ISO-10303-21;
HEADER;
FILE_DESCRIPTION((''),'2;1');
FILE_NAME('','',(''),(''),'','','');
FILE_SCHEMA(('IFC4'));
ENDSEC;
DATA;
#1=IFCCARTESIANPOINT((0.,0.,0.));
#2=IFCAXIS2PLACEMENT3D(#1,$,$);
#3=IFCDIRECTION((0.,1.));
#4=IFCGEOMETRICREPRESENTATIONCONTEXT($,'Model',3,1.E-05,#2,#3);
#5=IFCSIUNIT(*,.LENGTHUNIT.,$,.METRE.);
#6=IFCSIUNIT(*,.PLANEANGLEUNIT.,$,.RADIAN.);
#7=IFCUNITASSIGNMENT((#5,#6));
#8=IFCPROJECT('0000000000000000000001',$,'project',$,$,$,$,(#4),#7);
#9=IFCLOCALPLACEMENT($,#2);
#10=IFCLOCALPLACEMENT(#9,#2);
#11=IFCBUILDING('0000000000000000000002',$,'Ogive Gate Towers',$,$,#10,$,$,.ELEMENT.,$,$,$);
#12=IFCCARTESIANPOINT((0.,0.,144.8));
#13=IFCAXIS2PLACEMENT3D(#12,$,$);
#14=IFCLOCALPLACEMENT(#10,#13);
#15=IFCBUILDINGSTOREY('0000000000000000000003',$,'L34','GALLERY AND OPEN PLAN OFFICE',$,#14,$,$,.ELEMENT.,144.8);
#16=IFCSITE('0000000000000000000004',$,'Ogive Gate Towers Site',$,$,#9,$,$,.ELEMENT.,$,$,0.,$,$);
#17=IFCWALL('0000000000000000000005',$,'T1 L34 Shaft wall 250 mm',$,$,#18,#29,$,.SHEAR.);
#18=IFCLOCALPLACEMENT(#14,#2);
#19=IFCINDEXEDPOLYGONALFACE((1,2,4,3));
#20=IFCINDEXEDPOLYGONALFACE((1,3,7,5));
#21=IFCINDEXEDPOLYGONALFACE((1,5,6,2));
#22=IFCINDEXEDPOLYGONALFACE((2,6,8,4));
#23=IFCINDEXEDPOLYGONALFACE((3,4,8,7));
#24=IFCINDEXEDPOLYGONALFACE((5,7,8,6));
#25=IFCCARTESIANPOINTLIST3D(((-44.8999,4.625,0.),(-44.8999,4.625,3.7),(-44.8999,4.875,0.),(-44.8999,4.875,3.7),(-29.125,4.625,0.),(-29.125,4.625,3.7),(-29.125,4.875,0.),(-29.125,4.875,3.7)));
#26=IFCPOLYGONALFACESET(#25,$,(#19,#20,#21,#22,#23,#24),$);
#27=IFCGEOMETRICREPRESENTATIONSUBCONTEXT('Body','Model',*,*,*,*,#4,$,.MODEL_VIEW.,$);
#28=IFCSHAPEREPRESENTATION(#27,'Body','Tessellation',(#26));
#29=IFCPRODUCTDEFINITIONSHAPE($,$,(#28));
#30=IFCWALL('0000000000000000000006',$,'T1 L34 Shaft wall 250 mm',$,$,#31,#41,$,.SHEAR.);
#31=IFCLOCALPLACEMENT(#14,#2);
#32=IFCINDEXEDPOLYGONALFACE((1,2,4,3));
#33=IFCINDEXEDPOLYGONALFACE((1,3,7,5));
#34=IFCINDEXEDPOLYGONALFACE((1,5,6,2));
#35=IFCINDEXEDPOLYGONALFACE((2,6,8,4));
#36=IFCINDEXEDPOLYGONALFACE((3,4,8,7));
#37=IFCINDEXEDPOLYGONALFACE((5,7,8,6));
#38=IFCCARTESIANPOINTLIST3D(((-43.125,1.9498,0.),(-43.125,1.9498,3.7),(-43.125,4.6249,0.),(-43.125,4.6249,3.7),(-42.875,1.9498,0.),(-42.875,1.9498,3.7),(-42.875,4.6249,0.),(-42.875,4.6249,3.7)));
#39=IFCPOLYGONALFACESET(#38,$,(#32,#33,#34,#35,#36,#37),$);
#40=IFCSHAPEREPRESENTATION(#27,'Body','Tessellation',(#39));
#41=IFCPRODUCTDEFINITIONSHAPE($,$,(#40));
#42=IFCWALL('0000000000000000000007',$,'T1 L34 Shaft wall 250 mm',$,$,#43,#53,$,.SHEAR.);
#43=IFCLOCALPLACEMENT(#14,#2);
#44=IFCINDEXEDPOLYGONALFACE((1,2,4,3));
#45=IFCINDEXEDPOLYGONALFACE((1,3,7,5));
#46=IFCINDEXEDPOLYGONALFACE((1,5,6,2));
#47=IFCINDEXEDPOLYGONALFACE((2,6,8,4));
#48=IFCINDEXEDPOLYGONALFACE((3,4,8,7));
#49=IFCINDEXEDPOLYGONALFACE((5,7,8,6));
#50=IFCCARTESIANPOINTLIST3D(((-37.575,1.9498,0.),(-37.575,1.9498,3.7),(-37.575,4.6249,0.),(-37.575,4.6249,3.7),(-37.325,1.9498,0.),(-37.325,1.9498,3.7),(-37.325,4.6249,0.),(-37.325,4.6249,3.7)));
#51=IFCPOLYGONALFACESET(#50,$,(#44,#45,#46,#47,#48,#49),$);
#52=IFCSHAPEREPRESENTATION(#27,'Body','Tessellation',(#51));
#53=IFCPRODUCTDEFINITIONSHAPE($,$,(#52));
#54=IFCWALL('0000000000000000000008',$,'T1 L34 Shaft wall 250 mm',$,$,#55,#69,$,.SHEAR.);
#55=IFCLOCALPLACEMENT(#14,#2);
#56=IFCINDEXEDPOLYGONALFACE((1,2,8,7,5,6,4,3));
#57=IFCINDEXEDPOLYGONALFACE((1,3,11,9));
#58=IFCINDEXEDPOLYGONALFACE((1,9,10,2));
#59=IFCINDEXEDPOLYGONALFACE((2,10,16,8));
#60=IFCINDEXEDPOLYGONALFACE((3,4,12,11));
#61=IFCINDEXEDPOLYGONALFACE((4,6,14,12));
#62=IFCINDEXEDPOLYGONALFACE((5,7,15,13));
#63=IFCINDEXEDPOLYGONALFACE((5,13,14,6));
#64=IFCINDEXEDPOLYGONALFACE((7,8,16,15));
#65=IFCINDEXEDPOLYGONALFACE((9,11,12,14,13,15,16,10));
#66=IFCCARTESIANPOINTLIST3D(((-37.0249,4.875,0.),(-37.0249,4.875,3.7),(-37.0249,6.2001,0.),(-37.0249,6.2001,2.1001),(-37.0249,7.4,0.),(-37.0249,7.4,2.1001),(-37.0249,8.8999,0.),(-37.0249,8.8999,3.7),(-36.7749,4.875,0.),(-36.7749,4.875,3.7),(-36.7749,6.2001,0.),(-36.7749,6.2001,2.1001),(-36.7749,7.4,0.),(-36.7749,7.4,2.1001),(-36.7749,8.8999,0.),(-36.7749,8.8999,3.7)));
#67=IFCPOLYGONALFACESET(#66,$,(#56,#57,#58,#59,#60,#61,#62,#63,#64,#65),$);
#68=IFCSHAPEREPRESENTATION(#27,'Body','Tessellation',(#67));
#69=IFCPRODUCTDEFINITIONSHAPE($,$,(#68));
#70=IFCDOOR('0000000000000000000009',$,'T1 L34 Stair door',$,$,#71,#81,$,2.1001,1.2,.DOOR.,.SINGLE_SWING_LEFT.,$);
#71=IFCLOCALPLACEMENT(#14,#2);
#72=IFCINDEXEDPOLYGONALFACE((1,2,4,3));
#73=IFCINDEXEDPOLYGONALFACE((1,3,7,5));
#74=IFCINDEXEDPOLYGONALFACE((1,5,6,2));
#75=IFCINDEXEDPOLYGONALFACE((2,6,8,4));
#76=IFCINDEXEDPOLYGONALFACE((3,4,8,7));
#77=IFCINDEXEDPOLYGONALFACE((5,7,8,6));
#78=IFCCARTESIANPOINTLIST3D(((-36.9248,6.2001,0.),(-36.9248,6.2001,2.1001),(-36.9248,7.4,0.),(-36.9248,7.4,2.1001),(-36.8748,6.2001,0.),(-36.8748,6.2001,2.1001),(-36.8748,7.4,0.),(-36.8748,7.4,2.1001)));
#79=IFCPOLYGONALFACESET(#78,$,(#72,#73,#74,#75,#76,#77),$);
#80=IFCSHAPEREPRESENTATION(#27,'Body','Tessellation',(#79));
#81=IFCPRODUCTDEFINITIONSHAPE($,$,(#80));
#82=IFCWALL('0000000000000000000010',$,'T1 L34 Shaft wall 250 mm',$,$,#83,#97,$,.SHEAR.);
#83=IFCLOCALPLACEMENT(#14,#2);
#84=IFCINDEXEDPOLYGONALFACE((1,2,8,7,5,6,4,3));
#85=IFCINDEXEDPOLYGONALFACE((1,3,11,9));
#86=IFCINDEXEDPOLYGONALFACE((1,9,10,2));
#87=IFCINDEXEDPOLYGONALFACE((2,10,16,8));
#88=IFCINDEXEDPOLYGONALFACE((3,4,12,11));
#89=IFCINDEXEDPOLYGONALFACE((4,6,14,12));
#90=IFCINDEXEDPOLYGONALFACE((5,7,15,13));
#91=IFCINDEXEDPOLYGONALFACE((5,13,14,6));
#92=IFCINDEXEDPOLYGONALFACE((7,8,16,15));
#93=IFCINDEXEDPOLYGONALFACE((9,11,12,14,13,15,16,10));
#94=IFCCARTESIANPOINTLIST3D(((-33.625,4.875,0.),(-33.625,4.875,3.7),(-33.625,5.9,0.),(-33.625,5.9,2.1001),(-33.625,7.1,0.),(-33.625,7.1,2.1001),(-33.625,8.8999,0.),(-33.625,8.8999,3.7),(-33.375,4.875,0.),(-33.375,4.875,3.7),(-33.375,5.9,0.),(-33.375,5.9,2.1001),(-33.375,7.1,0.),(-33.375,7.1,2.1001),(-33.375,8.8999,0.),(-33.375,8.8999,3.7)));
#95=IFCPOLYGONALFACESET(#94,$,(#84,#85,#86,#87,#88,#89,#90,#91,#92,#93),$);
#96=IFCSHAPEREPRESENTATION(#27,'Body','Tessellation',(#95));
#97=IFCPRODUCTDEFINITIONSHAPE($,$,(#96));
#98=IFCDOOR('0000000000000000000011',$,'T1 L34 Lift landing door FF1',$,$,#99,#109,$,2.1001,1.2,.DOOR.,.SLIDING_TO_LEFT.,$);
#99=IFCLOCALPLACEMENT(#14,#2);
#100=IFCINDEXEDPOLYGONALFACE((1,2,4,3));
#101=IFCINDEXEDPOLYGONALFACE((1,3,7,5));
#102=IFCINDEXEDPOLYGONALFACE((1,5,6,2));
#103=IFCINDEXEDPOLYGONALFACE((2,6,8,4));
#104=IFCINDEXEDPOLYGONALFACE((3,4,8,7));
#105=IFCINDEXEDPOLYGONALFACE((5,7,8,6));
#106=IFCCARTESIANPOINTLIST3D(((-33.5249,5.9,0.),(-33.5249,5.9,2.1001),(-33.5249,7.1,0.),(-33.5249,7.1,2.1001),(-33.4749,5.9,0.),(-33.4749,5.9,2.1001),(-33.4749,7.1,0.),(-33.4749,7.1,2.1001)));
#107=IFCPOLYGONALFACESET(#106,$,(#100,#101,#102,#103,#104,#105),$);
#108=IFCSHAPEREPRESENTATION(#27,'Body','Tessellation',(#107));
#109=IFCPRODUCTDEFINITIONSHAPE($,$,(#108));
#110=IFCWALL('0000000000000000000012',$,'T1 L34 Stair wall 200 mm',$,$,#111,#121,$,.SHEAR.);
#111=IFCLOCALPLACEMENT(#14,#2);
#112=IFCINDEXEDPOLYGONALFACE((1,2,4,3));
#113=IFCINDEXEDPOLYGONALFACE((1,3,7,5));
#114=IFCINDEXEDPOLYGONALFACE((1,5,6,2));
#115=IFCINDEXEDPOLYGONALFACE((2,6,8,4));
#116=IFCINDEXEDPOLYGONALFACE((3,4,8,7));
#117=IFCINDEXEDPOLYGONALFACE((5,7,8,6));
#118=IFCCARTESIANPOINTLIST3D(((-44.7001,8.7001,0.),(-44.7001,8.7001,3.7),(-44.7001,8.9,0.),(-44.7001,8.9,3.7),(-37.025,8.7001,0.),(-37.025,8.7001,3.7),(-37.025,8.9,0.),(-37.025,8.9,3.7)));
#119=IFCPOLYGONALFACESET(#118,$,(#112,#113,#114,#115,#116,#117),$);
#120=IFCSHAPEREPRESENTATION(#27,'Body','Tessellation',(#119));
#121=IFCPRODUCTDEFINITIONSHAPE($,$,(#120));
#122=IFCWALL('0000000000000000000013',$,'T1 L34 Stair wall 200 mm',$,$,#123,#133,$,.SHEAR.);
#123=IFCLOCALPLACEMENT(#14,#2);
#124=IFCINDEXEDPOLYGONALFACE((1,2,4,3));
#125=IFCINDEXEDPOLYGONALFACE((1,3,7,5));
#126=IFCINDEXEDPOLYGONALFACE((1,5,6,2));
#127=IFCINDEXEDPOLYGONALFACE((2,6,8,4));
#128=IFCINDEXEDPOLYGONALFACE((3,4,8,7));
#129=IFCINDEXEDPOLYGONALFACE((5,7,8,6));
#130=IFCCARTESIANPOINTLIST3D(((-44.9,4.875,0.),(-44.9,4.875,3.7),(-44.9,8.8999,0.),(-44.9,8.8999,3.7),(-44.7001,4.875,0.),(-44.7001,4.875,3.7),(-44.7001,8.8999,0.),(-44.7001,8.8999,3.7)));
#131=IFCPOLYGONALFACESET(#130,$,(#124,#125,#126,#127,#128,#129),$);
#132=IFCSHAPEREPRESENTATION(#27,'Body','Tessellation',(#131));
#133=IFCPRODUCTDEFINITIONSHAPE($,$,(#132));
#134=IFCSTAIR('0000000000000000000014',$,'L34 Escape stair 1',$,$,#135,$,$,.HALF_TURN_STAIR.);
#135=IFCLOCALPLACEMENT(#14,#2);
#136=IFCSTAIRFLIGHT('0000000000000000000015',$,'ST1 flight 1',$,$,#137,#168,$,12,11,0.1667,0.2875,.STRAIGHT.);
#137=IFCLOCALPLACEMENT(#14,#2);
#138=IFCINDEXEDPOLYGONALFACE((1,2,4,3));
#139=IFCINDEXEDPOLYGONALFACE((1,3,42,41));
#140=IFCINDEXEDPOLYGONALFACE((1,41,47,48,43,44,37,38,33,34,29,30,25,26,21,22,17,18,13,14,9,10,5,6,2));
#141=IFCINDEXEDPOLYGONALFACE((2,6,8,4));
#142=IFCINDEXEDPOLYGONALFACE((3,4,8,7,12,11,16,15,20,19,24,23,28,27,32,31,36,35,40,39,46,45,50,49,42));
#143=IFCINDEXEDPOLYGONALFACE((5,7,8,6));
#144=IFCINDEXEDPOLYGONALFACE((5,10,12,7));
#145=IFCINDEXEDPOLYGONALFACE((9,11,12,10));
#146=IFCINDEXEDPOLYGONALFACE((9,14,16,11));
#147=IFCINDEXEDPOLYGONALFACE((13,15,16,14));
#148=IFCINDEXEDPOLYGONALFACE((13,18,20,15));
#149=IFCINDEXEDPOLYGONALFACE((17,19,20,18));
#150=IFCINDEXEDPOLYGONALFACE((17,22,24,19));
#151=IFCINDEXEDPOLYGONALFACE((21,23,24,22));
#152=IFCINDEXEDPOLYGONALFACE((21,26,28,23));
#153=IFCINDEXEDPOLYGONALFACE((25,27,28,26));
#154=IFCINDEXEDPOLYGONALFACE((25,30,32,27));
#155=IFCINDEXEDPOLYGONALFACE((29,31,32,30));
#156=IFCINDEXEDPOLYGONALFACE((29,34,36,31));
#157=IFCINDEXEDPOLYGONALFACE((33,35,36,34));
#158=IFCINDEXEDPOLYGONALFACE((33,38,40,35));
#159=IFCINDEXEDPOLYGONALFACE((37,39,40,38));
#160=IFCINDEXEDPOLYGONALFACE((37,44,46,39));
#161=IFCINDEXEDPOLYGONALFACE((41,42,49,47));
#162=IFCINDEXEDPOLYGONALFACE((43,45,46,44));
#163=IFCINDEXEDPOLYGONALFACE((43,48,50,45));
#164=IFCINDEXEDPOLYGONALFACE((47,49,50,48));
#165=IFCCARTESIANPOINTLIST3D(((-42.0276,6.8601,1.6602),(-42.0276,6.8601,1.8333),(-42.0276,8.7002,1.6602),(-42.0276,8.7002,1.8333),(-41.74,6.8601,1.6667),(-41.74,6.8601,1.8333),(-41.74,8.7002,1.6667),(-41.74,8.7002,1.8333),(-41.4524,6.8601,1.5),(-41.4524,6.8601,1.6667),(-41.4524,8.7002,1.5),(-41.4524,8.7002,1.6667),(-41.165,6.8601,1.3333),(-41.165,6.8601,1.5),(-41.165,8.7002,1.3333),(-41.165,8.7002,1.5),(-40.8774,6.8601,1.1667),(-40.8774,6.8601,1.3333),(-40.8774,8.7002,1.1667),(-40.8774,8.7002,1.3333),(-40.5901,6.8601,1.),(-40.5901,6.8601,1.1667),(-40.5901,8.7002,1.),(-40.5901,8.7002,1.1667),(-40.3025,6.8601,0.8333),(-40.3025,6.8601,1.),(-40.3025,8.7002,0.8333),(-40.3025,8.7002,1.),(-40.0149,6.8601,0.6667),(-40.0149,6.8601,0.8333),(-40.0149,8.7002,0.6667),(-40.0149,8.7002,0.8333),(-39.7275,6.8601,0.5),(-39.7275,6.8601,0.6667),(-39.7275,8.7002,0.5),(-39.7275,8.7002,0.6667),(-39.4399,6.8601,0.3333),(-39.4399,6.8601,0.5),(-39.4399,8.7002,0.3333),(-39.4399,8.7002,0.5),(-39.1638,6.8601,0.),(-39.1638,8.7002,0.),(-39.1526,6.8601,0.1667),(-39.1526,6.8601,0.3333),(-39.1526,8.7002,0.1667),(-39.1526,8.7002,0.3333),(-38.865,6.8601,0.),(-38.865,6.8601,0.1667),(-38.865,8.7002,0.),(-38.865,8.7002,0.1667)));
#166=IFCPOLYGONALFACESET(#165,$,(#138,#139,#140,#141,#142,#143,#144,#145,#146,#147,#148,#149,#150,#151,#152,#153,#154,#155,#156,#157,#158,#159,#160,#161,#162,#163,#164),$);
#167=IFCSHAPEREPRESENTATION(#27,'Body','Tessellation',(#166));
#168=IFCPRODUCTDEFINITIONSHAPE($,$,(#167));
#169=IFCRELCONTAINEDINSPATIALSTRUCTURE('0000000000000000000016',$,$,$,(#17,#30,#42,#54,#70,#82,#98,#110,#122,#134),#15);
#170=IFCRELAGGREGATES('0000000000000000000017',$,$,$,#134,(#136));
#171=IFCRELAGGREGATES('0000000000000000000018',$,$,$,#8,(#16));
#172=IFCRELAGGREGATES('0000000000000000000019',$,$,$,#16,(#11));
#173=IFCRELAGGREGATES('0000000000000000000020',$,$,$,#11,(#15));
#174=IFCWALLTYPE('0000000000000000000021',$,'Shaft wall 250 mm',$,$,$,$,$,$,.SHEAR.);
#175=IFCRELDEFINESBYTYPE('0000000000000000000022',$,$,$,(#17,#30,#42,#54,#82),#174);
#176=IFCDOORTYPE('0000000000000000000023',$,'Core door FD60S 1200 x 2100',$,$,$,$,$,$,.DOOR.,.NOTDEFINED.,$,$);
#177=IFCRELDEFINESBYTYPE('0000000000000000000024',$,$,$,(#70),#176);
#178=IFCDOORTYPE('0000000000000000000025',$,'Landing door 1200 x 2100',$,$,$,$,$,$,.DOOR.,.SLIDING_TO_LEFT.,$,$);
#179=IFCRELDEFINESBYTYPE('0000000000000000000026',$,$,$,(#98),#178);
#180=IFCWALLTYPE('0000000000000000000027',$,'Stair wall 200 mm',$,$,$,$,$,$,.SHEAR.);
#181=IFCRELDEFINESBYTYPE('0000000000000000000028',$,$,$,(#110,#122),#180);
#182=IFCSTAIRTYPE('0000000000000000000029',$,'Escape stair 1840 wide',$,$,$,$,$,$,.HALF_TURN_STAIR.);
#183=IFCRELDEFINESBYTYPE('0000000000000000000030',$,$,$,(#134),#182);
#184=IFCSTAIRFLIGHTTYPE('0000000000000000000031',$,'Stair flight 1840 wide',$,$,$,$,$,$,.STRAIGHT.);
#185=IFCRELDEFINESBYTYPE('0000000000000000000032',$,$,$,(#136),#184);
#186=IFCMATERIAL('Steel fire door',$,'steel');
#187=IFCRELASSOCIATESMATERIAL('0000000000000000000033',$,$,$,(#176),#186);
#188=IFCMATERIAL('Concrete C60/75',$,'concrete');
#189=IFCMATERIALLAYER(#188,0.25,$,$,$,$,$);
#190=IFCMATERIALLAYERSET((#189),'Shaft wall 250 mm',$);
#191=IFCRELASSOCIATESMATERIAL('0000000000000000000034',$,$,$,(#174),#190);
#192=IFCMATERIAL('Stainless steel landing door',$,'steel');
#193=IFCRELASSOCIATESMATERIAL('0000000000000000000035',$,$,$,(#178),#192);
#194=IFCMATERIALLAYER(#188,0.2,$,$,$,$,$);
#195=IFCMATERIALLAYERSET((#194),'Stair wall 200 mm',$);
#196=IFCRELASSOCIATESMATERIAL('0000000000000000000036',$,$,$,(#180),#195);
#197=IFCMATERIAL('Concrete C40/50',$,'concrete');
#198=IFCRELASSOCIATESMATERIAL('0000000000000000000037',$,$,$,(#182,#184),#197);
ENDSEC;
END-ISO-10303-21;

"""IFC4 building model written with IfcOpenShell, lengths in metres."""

from ifc_helpers import new_model, si_unit, direction, frame, frame_2d, origin, place, context, subcontext, project, spatial, polyline, rectangle, outline, extrude, material, layer, layer_set, type_object, element, fill, aggregate, save


model = new_model("IFC4")

# Units and contexts
model_context = context("Model", 3, precision=1e-05, world=origin(), true_north=direction((0.0, 1.0)))
body_context = subcontext(model_context, "Body", "Model", "MODEL_VIEW")
ifc_project = project(units=[si_unit("LENGTHUNIT", "METRE"), si_unit("PLANEANGLEUNIT", "RADIAN")], contexts=[model_context])

# Site, building, storey
site_placement = place(None, origin())
site = spatial("IfcSite", under=ifc_project, at=site_placement, Name="Ogive Gate Towers Site", CompositionType="ELEMENT", RefElevation=0.0)
building_placement = place(site_placement, origin())
building = spatial("IfcBuilding", under=site, at=building_placement, Name="Ogive Gate Towers", CompositionType="ELEMENT")
storey_placement = place(building_placement, frame((0.0, 0.0, 144.8)))
storey = spatial("IfcBuildingStorey", under=building, at=storey_placement, Name="L34", Description="GALLERY AND OPEN PLAN OFFICE", CompositionType="ELEMENT", Elevation=144.8)

# Shared definitions
ifc_material_1 = material(Name="Concrete C60/75", Category="concrete")
ifc_material_2 = material(Name="Steel fire door", Category="steel")
door_type_1 = type_object("IfcDoorType", Name="Core door FD60S 1200 x 2100", OperationType="NOTDEFINED", PredefinedType="DOOR", material=ifc_material_2)

# Walls
ifc_layer_1 = layer(ifc_material_1, 0.25)
ifc_layer_set_1 = layer_set([ifc_layer_1], Name="Shaft wall 250 mm")
wall_type_1 = type_object("IfcWallType", Name="Shaft wall 250 mm", PredefinedType="SHEAR", material=ifc_layer_set_1)
wall_1_placement = place(storey_placement, frame((-44.8999, 4.75, 0.0), z_axis=(0.0, 0.0, 1.0), x_axis=(1.0, 0.0, 0.0)))
element("IfcWall", 1, at=wall_1_placement, inside=storey, type_object=wall_type_1, Name="T1 L34 Shaft wall 250 mm", PredefinedType="SHEAR", context=body_context, shape_type="SweptSolid", body=[
    extrude(rectangle(XDim=15.7749, YDim=0.25, at=frame_2d((7.8875, 0.0))), origin(), (0.0, 0.0, 1.0), 3.7),
])
for number, where, z_axis, x_axis, name in (
    (2, (-43.0, 1.95, 0.0), (0.0, 0.0, 1.0), (0.0, 1.0, 0.0), "T1 L34 Shaft wall 250 mm"),
    (3, (-37.45, 1.95, 0.0), (0.0, 0.0, 1.0), (0.0, 1.0, 0.0), "T1 L34 Shaft wall 250 mm"),
):
    element("IfcWall", number, at=place(storey_placement, frame(where, z_axis=z_axis, x_axis=x_axis)), inside=storey, type_object=wall_type_1, Name=name, PredefinedType="SHEAR", context=body_context, shape_type="SweptSolid", body=[
        extrude(rectangle(XDim=2.675, YDim=0.25, at=frame_2d((1.3374, 0.0))), origin(), (0.0, 0.0, 1.0), 3.7),
    ])

# Walls, openings, doors
wall_2_placement = place(storey_placement, frame((-36.8999, 4.875, 0.0), z_axis=(0.0, 0.0, 1.0), x_axis=(0.0, 1.0, 0.0)))
wall_2 = element("IfcWall", 4, at=wall_2_placement, inside=storey, type_object=wall_type_1, Name="T1 L34 Shaft wall 250 mm", PredefinedType="SHEAR", context=body_context, shape_type="SweptSolid", body=[
    extrude(rectangle(XDim=4.0249, YDim=0.25, at=frame_2d((2.0125, 0.0))), origin(), (0.0, 0.0, 1.0), 3.7),
])
opening_1_placement = place(wall_2_placement, frame((1.325, 0.0, 0.0)))
opening_1 = element("IfcOpeningElement", 5, at=opening_1_placement, cuts=wall_2, PredefinedType="OPENING", context=body_context, shape_type="SweptSolid", body=[
    extrude(rectangle(XDim=1.2, YDim=2.1001, at=frame_2d((0.6001, 1.05))), frame((0.0, 0.135, 0.0), z_axis=(0.0, -1.0, 0.0), x_axis=(1.0, 0.0, 0.0)), (0.0, 0.0, 1.0), 0.27),
])
door_1_placement = place(opening_1_placement, origin())
door_1 = element("IfcDoor", 6, at=door_1_placement, inside=storey, type_object=door_type_1, Name="T1 L34 Stair door", OperationType="SINGLE_SWING_LEFT", OverallHeight=2.1001, OverallWidth=1.2, PredefinedType="DOOR", context=body_context, shape_type="SweptSolid", body=[
    extrude(rectangle(XDim=1.2, YDim=2.1001, at=frame_2d((0.6001, 1.05))), frame((0.0, 0.0249, 0.0), z_axis=(0.0, -1.0, 0.0), x_axis=(1.0, 0.0, 0.0)), (0.0, 0.0, 1.0), 0.05),
])
fill(opening_1, door_1)
wall_3_placement = place(storey_placement, frame((-33.5, 4.875, 0.0), z_axis=(0.0, 0.0, 1.0), x_axis=(0.0, 1.0, 0.0)))
wall_3 = element("IfcWall", 7, at=wall_3_placement, inside=storey, type_object=wall_type_1, Name="T1 L34 Shaft wall 250 mm", PredefinedType="SHEAR", context=body_context, shape_type="SweptSolid", body=[
    extrude(rectangle(XDim=4.0249, YDim=0.25, at=frame_2d((2.0125, 0.0))), origin(), (0.0, 0.0, 1.0), 3.7),
])
opening_2_placement = place(wall_3_placement, frame((1.0249, 0.0, 0.0)))
opening_2 = element("IfcOpeningElement", 8, at=opening_2_placement, cuts=wall_3, PredefinedType="OPENING", context=body_context, shape_type="SweptSolid", body=[
    extrude(rectangle(XDim=1.2, YDim=2.1001, at=frame_2d((0.6001, 1.05))), frame((0.0, 0.135, 0.0), z_axis=(0.0, -1.0, 0.0), x_axis=(1.0, 0.0, 0.0)), (0.0, 0.0, 1.0), 0.27),
])
ifc_material_3 = material(Name="Stainless steel landing door", Category="steel")
door_type_2 = type_object("IfcDoorType", Name="Landing door 1200 x 2100", OperationType="SLIDING_TO_LEFT", PredefinedType="DOOR", material=ifc_material_3)
door_2_placement = place(opening_2_placement, origin())
door_2 = element("IfcDoor", 9, at=door_2_placement, inside=storey, type_object=door_type_2, Name="T1 L34 Lift landing door FF1", OperationType="SLIDING_TO_LEFT", OverallHeight=2.1001, OverallWidth=1.2, PredefinedType="DOOR", context=body_context, shape_type="SweptSolid", body=[
    extrude(rectangle(XDim=1.2, YDim=2.1001, at=frame_2d((0.6001, 1.05))), frame((0.0, 0.0249, 0.0), z_axis=(0.0, -1.0, 0.0), x_axis=(1.0, 0.0, 0.0)), (0.0, 0.0, 1.0), 0.05),
])
fill(opening_2, door_2)

# Walls
ifc_layer_2 = layer(ifc_material_1, 0.2)
ifc_layer_set_2 = layer_set([ifc_layer_2], Name="Stair wall 200 mm")
wall_type_2 = type_object("IfcWallType", Name="Stair wall 200 mm", PredefinedType="SHEAR", material=ifc_layer_set_2)
wall_4_placement = place(storey_placement, frame((-44.7, 8.8, 0.0), z_axis=(0.0, 0.0, 1.0), x_axis=(1.0, 0.0, 0.0)))
element("IfcWall", 10, at=wall_4_placement, inside=storey, type_object=wall_type_2, Name="T1 L34 Stair wall 200 mm", PredefinedType="SHEAR", context=body_context, shape_type="SweptSolid", body=[
    extrude(rectangle(XDim=7.675, YDim=0.2, at=frame_2d((3.8374, 0.0))), origin(), (0.0, 0.0, 1.0), 3.7),
])
wall_5_placement = place(storey_placement, frame((-44.8, 4.875, 0.0), z_axis=(0.0, 0.0, 1.0), x_axis=(0.0, 1.0, 0.0)))
element("IfcWall", 11, at=wall_5_placement, inside=storey, type_object=wall_type_2, Name="T1 L34 Stair wall 200 mm", PredefinedType="SHEAR", context=body_context, shape_type="SweptSolid", body=[
    extrude(rectangle(XDim=4.0249, YDim=0.2, at=frame_2d((2.0125, 0.0))), origin(), (0.0, 0.0, 1.0), 3.7),
])

# Stair, stair flight
ifc_material_4 = material(Name="Concrete C40/50", Category="concrete")
stair_type = type_object("IfcStairType", Name="Escape stair 1840 wide", PredefinedType="HALF_TURN_STAIR", material=ifc_material_4)
stair_placement = place(storey_placement, origin())
stair = element("IfcStair", 12, at=stair_placement, inside=storey, type_object=stair_type, Name="L34 Escape stair 1", PredefinedType="HALF_TURN_STAIR")
stair_flight_type = type_object("IfcStairFlightType", Name="Stair flight 1840 wide", PredefinedType="STRAIGHT", material=ifc_material_4)
stair_flight_1_placement = place(storey_placement, frame((-38.865, 7.78, 0.0), z_axis=(0.0, 0.0, 1.0), x_axis=(-1.0, 0.0, 0.0)))
stair_flight_1 = element("IfcStairFlight", 13, at=stair_flight_1_placement, type_object=stair_flight_type, Name="ST1 flight 1", NumberOfRisers=12, NumberOfTreads=11, PredefinedType="STRAIGHT", RiserHeight=0.1667, TreadLength=0.2875, context=body_context, shape_type="SweptSolid", body=[
    extrude(outline(polyline([(0.0, 0.0), (0.0, 0.1667), (0.2876, 0.1667), (0.2876, 0.3333), (0.575, 0.3333), (0.575, 0.5), (0.8625, 0.5), (0.8625, 0.6667), (1.1499, 0.6667), (1.1499, 0.8333), (1.4375, 0.8333), (1.4375, 1.0), (1.7251, 1.0), (1.7251, 1.1667), (2.0125, 1.1667), (2.0125, 1.3333), (2.3, 1.3333), (2.3, 1.5), (2.5874, 1.5), (2.5874, 1.6667), (2.875, 1.6667), (2.875, 1.8333), (3.1626, 1.8333), (3.1626, 2.0), (3.1626, 1.6602), (0.2988, 0.0), (0.0, 0.0)])), frame((0.0, 0.9199, 0.0), z_axis=(0.0, -1.0, 0.0), x_axis=(1.0, 0.0, 0.0)), (0.0, 0.0, 1.0), 1.8401),
])
aggregate(stair, [stair_flight_1])

save(model, "model.ifc")
